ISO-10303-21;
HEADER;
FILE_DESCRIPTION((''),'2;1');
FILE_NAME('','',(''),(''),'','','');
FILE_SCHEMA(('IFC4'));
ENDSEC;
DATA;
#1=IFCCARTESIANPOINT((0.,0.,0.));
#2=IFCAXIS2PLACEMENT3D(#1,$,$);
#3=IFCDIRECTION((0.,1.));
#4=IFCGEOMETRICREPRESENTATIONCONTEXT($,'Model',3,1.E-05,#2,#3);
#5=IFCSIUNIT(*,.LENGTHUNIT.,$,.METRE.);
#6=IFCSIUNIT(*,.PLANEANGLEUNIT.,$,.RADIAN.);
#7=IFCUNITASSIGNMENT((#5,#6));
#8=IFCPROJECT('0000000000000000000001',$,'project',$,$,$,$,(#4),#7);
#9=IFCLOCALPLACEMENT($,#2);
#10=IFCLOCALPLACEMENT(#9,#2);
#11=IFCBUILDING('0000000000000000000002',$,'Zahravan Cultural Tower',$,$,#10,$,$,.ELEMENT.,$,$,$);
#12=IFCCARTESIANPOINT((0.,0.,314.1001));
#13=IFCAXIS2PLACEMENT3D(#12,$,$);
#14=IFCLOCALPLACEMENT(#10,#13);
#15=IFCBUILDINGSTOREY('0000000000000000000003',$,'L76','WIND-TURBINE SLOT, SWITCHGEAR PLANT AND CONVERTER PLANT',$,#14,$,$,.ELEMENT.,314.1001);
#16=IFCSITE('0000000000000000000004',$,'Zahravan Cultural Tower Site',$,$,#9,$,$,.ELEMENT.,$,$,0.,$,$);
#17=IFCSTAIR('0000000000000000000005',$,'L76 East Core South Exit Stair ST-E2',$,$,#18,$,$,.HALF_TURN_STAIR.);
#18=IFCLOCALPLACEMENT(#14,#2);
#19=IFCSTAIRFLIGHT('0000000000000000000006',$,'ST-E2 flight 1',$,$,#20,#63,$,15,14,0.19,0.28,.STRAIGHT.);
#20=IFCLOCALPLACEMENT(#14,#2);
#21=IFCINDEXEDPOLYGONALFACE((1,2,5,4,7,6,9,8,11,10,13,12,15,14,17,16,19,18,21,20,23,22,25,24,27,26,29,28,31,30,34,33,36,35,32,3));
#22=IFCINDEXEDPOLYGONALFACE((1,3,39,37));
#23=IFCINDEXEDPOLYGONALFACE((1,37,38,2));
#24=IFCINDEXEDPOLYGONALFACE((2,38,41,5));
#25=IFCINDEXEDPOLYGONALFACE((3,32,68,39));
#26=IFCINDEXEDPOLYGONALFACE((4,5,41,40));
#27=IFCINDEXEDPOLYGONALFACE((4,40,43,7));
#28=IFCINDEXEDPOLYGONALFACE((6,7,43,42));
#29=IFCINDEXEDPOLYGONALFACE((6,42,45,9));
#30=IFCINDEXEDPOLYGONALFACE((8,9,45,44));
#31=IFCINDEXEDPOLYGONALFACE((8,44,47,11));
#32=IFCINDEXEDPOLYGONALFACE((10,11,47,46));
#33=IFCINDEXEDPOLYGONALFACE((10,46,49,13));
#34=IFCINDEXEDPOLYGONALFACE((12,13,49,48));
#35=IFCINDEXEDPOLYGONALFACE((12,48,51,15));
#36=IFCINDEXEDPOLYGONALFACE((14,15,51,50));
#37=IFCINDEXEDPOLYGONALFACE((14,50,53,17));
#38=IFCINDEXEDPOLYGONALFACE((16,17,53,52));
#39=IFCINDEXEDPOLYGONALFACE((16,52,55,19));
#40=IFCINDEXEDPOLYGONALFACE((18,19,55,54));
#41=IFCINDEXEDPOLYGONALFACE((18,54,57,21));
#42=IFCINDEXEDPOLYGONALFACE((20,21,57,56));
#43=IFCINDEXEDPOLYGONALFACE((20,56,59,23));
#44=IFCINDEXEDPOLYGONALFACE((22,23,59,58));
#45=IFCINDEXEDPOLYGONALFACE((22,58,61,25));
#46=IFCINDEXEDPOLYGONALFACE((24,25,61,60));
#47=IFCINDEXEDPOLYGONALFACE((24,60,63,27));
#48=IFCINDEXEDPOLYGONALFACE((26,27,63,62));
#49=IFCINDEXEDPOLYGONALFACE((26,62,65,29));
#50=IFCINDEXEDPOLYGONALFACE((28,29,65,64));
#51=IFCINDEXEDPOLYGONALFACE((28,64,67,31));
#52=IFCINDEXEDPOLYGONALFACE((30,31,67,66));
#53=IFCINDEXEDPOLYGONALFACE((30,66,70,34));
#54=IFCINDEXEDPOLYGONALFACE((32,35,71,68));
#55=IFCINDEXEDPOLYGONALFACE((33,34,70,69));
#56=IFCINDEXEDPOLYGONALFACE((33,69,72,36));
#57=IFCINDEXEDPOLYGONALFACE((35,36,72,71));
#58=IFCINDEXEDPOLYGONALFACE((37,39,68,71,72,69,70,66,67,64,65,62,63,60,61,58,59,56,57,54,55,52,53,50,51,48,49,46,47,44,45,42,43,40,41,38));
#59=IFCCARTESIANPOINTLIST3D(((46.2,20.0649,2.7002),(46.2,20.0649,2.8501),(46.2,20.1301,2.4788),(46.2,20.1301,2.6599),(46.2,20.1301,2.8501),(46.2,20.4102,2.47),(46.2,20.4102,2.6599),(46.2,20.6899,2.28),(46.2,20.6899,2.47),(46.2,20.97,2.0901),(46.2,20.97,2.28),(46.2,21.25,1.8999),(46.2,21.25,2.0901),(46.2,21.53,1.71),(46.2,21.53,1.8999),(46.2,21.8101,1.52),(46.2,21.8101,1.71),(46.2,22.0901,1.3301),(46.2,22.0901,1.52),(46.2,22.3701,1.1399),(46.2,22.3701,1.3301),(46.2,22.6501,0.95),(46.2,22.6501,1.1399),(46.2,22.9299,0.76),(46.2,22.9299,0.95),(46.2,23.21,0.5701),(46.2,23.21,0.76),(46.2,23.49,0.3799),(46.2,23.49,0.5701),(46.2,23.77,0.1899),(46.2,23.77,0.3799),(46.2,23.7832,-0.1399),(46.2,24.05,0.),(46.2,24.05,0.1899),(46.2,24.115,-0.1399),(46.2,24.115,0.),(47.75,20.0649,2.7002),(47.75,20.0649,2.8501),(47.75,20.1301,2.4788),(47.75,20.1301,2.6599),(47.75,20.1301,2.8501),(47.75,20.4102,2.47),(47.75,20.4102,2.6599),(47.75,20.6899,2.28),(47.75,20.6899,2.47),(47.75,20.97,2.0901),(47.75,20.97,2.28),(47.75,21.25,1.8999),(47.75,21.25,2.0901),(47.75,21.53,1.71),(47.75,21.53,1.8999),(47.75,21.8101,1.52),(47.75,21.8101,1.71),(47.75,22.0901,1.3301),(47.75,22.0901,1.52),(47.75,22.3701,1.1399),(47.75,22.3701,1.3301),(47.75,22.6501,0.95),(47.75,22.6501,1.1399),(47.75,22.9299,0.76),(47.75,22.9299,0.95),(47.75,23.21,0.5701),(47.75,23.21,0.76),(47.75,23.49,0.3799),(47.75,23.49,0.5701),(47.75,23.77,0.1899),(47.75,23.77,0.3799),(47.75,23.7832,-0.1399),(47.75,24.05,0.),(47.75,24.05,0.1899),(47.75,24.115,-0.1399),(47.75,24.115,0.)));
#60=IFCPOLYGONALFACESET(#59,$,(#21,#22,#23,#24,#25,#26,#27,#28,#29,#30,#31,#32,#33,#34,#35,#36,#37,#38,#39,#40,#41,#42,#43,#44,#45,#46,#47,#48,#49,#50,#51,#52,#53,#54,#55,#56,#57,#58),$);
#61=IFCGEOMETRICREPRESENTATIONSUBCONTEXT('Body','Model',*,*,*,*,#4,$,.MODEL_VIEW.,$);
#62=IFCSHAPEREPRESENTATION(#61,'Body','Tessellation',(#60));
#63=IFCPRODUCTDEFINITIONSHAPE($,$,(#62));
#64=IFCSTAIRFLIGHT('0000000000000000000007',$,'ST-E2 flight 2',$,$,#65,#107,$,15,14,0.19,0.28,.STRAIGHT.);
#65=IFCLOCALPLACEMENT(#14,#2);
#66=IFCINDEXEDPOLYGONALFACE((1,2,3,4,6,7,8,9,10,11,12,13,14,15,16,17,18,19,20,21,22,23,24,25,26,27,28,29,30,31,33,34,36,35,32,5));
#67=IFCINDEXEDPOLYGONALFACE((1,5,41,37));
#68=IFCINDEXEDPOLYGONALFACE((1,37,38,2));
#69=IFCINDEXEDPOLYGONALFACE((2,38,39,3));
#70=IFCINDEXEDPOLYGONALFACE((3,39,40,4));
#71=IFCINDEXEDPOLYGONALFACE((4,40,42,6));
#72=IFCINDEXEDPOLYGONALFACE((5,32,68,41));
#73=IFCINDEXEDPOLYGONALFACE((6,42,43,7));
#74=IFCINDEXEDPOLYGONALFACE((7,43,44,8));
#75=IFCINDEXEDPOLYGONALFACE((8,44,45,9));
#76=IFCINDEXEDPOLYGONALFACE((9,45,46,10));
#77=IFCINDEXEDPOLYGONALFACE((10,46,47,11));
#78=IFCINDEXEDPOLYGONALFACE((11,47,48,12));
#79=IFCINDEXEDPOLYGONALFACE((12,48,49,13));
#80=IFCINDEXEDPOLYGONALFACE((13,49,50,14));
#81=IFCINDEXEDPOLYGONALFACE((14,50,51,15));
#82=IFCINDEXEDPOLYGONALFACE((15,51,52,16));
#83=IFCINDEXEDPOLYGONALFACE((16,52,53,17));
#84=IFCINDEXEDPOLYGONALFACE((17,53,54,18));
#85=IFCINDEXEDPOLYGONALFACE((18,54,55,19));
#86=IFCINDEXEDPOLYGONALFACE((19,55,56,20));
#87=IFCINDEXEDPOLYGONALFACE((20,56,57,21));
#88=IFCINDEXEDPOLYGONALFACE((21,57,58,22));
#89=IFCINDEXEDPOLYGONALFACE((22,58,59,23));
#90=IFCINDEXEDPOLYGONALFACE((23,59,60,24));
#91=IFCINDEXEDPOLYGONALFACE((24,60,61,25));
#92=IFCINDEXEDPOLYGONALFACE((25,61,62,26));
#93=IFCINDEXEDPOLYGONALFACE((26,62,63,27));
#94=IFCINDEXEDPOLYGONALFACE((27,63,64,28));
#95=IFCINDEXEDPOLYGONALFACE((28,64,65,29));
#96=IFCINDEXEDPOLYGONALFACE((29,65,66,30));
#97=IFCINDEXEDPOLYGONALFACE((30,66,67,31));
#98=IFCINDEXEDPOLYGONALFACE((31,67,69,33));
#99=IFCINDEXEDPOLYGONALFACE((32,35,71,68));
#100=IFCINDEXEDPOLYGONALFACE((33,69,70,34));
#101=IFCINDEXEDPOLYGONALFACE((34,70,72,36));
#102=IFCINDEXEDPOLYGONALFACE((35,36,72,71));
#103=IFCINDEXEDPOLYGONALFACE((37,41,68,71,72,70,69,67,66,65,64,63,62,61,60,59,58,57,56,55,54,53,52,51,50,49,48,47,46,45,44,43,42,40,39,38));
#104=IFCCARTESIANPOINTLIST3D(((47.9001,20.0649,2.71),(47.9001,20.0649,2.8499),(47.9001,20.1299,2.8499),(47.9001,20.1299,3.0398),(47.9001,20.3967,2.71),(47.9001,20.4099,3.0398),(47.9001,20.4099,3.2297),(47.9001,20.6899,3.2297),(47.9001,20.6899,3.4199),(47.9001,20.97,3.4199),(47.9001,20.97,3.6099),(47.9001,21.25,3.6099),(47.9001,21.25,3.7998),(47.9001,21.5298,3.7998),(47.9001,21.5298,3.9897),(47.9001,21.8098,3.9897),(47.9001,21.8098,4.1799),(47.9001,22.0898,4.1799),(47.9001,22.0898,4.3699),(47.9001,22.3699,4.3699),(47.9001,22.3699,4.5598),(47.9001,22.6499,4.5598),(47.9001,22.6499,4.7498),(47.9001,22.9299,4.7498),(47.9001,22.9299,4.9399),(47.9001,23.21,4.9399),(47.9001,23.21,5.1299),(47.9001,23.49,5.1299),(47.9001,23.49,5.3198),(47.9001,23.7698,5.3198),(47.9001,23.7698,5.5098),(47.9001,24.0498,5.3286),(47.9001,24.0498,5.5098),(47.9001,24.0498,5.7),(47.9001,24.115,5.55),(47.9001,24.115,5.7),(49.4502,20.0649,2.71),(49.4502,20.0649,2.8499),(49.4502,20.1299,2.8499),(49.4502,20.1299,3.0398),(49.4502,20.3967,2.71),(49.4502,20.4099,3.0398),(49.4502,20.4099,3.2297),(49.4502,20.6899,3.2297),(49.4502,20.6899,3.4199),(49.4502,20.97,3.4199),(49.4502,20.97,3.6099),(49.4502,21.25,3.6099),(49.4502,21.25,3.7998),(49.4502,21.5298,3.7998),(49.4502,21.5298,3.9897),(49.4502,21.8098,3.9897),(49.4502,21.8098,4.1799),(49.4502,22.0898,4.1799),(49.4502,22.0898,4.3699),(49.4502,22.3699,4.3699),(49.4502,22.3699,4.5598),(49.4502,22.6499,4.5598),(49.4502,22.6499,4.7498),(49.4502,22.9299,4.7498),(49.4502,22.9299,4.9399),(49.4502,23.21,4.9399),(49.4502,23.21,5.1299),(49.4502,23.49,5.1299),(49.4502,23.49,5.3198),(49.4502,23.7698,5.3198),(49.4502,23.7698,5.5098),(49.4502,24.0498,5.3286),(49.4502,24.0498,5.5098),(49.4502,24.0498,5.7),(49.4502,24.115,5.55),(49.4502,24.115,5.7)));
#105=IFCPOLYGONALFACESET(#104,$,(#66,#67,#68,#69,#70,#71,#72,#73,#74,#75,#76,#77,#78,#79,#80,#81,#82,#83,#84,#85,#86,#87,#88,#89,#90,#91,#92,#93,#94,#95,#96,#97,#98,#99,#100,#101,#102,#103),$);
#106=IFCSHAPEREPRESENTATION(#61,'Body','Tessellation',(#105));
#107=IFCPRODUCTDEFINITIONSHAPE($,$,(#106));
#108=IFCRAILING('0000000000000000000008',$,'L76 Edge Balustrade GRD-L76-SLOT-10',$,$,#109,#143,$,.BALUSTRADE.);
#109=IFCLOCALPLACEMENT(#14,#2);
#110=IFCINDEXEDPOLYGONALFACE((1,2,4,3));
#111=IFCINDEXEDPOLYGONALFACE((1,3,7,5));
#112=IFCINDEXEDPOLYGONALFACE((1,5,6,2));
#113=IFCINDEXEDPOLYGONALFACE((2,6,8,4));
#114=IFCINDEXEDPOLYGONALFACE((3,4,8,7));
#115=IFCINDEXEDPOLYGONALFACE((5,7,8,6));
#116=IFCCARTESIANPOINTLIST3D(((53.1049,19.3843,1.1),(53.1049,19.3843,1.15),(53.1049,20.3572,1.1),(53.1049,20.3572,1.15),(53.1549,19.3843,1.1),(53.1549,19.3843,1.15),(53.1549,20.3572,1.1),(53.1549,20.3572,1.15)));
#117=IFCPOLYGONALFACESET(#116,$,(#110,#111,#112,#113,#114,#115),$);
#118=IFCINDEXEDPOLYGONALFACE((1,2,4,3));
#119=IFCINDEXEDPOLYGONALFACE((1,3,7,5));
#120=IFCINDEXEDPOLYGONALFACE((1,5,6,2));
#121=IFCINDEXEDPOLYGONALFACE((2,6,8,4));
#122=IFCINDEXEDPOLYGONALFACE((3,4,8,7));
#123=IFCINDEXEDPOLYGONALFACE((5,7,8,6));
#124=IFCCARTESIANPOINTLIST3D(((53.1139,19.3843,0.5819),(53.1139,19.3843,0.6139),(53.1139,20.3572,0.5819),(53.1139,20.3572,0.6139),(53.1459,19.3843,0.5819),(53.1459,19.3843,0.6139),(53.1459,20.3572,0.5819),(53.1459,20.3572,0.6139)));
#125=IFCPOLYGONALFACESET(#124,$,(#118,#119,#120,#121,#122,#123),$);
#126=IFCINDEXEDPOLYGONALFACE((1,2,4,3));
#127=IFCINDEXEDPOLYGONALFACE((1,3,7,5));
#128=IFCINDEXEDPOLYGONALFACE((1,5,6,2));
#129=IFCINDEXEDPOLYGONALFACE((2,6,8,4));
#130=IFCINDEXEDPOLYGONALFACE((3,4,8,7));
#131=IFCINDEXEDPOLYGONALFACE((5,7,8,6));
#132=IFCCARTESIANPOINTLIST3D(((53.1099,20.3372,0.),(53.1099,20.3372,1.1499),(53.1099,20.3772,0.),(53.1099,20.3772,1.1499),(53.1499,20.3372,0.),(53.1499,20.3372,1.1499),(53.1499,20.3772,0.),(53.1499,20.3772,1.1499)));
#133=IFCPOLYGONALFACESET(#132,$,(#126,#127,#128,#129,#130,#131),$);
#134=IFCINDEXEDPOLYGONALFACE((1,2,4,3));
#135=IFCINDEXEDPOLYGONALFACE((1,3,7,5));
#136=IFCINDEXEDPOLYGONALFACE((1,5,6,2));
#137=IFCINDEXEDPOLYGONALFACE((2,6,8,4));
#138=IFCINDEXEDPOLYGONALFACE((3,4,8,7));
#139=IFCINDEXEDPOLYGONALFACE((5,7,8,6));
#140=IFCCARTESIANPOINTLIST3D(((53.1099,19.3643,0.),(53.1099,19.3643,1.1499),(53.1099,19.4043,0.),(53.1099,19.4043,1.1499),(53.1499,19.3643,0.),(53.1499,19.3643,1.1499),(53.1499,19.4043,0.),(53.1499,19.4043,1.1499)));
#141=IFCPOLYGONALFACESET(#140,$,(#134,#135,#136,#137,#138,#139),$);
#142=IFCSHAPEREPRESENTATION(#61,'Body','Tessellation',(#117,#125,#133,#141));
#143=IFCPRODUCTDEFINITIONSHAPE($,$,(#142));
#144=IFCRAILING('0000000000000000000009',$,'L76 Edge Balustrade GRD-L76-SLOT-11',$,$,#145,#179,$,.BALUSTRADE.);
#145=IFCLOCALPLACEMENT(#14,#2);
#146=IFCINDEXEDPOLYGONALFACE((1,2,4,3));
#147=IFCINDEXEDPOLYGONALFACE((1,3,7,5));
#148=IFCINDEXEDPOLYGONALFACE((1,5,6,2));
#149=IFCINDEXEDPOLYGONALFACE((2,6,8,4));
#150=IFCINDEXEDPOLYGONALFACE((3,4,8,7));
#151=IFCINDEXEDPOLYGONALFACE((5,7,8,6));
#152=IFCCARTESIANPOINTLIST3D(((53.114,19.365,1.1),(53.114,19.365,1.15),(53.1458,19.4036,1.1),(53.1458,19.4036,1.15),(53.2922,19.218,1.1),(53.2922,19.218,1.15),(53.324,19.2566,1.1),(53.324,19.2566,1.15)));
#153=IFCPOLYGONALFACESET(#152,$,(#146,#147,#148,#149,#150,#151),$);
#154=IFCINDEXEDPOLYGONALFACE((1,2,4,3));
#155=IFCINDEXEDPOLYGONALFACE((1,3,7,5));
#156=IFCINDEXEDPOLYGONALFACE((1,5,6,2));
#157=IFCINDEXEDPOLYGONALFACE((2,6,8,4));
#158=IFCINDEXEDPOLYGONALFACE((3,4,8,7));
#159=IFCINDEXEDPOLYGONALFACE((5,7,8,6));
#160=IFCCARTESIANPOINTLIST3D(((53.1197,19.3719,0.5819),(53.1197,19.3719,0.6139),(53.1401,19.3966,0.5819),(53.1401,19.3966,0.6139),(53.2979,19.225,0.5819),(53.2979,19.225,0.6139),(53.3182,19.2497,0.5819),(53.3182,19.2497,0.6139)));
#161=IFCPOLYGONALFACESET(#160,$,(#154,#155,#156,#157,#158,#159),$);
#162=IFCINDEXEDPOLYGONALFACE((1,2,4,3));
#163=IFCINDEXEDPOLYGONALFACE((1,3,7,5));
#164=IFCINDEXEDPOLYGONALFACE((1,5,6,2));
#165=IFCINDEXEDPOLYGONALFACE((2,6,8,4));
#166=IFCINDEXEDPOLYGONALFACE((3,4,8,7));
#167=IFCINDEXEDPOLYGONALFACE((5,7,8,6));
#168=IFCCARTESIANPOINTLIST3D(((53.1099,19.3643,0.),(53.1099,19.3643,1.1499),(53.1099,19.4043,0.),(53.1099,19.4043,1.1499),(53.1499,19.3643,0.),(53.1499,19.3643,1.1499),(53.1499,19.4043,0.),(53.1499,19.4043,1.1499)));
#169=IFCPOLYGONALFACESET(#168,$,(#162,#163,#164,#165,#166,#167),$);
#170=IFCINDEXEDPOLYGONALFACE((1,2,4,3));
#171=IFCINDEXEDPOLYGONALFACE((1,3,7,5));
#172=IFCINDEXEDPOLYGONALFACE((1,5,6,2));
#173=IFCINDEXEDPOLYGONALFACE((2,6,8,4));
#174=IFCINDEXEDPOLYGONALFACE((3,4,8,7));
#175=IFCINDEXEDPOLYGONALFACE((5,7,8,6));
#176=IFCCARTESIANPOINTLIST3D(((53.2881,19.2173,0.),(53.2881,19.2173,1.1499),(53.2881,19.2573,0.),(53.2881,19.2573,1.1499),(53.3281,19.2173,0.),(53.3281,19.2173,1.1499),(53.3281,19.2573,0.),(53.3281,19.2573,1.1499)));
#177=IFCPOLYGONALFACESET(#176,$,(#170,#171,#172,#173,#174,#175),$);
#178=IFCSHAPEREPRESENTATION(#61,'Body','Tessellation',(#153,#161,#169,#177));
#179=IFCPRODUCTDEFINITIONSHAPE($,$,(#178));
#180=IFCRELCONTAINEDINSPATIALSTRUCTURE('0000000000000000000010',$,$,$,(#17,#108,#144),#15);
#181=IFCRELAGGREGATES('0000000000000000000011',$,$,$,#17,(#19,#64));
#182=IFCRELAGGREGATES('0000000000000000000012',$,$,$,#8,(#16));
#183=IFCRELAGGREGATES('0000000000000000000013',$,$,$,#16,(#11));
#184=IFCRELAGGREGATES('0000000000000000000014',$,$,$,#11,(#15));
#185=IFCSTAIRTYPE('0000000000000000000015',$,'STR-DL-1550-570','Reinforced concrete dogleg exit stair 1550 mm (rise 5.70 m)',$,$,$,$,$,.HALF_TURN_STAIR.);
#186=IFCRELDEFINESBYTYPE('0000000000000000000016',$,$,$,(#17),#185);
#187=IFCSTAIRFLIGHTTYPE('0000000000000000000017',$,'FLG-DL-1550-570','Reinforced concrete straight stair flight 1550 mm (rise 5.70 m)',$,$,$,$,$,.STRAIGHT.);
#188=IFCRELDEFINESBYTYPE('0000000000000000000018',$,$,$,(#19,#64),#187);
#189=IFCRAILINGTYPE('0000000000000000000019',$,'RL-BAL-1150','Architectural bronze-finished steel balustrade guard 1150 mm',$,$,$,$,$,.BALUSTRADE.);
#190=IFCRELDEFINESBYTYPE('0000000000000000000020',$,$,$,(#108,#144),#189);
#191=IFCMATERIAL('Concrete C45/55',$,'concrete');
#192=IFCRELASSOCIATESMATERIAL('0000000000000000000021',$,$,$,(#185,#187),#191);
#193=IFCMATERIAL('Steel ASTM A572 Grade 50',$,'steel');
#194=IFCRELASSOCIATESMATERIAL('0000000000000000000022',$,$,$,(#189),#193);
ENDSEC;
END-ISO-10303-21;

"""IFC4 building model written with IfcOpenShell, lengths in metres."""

from ifc_helpers import new_model, si_unit, direction, frame, origin, origin_2d, place, context, subcontext, project, spatial, polyline, rectangle, outline, extrude, material, type_object, element, aggregate, save


model = new_model("IFC4")

# Units and contexts
model_context = context("Model", 3, precision=1e-05, world=origin(), true_north=direction((0.0, 1.0)))
body_context = subcontext(model_context, "Body", "Model", "MODEL_VIEW")
ifc_project = project(units=[si_unit("LENGTHUNIT", "METRE"), si_unit("PLANEANGLEUNIT", "RADIAN")], contexts=[model_context])

# Site, building, storey
site_placement = place(None, origin())
site = spatial("IfcSite", under=ifc_project, at=site_placement, Name="Zahravan Cultural Tower Site", CompositionType="ELEMENT", RefElevation=0.0)
building_placement = place(site_placement, origin())
building = spatial("IfcBuilding", under=site, at=building_placement, Name="Zahravan Cultural Tower", CompositionType="ELEMENT")
storey_placement = place(building_placement, frame((0.0, 0.0, 314.1001)))
storey = spatial("IfcBuildingStorey", under=building, at=storey_placement, Name="L76", Description="WIND-TURBINE SLOT, SWITCHGEAR PLANT AND CONVERTER PLANT", CompositionType="ELEMENT", Elevation=314.1001)

# Shared definitions
ifc_material_1 = material(Name="Steel ASTM A572 Grade 50", Category="steel")

# Shared definitions
ifc_material_2 = material(Name="Concrete C45/55", Category="concrete")

# Stair, stair flights
stair_type = type_object("IfcStairType", Name="STR-DL-1550-570", Description="Reinforced concrete dogleg exit stair 1550 mm (rise 5.70 m)", PredefinedType="HALF_TURN_STAIR", material=ifc_material_2)
stair_placement = place(storey_placement, origin())
stair = element("IfcStair", 1, at=stair_placement, inside=storey, type_object=stair_type, Name="L76 East Core South Exit Stair ST-E2", PredefinedType="HALF_TURN_STAIR")
stair_flight_type = type_object("IfcStairFlightType", Name="FLG-DL-1550-570", Description="Reinforced concrete straight stair flight 1550 mm (rise 5.70 m)", PredefinedType="STRAIGHT", material=ifc_material_2)
stair_flight_1_placement = place(storey_placement, frame((46.9751, 24.05, 0.0), z_axis=(0.0, 0.0, 1.0), x_axis=(0.0, -1.0, 0.0)))
stair_flight_1 = element("IfcStairFlight", 2, at=stair_flight_1_placement, type_object=stair_flight_type, Name="ST-E2 flight 1", NumberOfRisers=15, NumberOfTreads=14, PredefinedType="STRAIGHT", RiserHeight=0.19, TreadLength=0.28, context=body_context, shape_type="SweptSolid", body=[
    extrude(outline(polyline([(-0.0649, -0.1399), (-0.0649, 0.0), (0.0, 0.0), (0.0, 0.1899), (0.28, 0.1899), (0.28, 0.3799), (0.5601, 0.3799), (0.5601, 0.5701), (0.8401, 0.5701), (0.8401, 0.76), (1.1201, 0.76), (1.1201, 0.95), (1.3999, 0.95), (1.3999, 1.1399), (1.6799, 1.1399), (1.6799, 1.3301), (1.96, 1.3301), (1.96, 1.52), (2.24, 1.52), (2.24, 1.71), (2.52, 1.71), (2.52, 1.8999), (2.8, 1.8999), (2.8, 2.0901), (3.0801, 2.0901), (3.0801, 2.28), (3.3601, 2.28), (3.3601, 2.47), (3.6399, 2.47), (3.6399, 2.6599), (3.9199, 2.6599), (3.9199, 2.8501), (3.9851, 2.8501), (3.9851, 2.7002), (3.9199, 2.4788), (0.2668, -0.1399), (-0.0649, -0.1399)])), frame((0.0, 0.7749, 0.0), z_axis=(0.0, -1.0, 0.0), x_axis=(1.0, 0.0, 0.0)), (0.0, 0.0, 1.0), 1.55),
])
stair_flight_2_placement = place(storey_placement, frame((48.675, 20.1299, 2.8499), z_axis=(0.0, 0.0, 1.0), x_axis=(0.0, 1.0, 0.0)))
stair_flight_2 = element("IfcStairFlight", 3, at=stair_flight_2_placement, type_object=stair_flight_type, Name="ST-E2 flight 2", NumberOfRisers=15, NumberOfTreads=14, PredefinedType="STRAIGHT", RiserHeight=0.19, TreadLength=0.28, context=body_context, shape_type="SweptSolid", body=[
    extrude(outline(polyline([(-0.0649, -0.1399), (-0.0649, 0.0), (0.0, 0.0), (0.0, 0.1899), (0.28, 0.1899), (0.28, 0.3799), (0.5601, 0.3799), (0.5601, 0.5701), (0.8401, 0.5701), (0.8401, 0.76), (1.1201, 0.76), (1.1201, 0.95), (1.3999, 0.95), (1.3999, 1.1399), (1.6799, 1.1399), (1.6799, 1.3301), (1.96, 1.3301), (1.96, 1.52), (2.24, 1.52), (2.24, 1.71), (2.52, 1.71), (2.52, 1.8999), (2.8, 1.8999), (2.8, 2.0901), (3.0801, 2.0901), (3.0801, 2.28), (3.3601, 2.28), (3.3601, 2.47), (3.6399, 2.47), (3.6399, 2.6599), (3.9199, 2.6599), (3.9199, 2.8501), (3.9851, 2.8501), (3.9851, 2.7002), (3.9199, 2.4788), (0.2668, -0.1399), (-0.0649, -0.1399)])), frame((0.0, 0.7749, 0.0), z_axis=(0.0, -1.0, 0.0), x_axis=(1.0, 0.0, 0.0)), (0.0, 0.0, 1.0), 1.55),
])
aggregate(stair, [stair_flight_1, stair_flight_2])

# Railings
railing_type_1 = type_object("IfcRailingType", Name="RL-BAL-1150", Description="Architectural bronze-finished steel balustrade guard 1150 mm", PredefinedType="BALUSTRADE", material=ifc_material_1)
railing_1_placement = place(storey_placement, frame((53.1299, 20.3572, 0.0)))
element("IfcRailing", 4, at=railing_1_placement, inside=storey, type_object=railing_type_1, Name="L76 Edge Balustrade GRD-L76-SLOT-10", PredefinedType="BALUSTRADE", context=body_context, shape_type="SweptSolid", body=[
    extrude(rectangle(XDim=0.05, YDim=0.05, at=origin_2d()), frame((0.0, 0.0, 1.125), z_axis=(0.0, -1.0, 0.0), x_axis=(1.0, 0.0, 0.0)), (0.0, 0.0, 1.0), 0.9729),
    extrude(rectangle(XDim=0.032, YDim=0.032, at=origin_2d()), frame((0.0, 0.0, 0.5979), z_axis=(0.0, -1.0, 0.0), x_axis=(1.0, 0.0, 0.0)), (0.0, 0.0, 1.0), 0.9729),
    extrude(rectangle(XDim=0.04, YDim=0.04, at=origin_2d()), origin(), (0.0, 0.0, 1.0), 1.1499),
    extrude(rectangle(XDim=0.04, YDim=0.04, at=origin_2d()), frame((0.0, -0.9729, 0.0)), (0.0, 0.0, 1.0), 1.1499),
])
railing_2_placement = place(storey_placement, frame((53.1299, 19.3843, 0.0)))
element("IfcRailing", 5, at=railing_2_placement, inside=storey, type_object=railing_type_1, Name="L76 Edge Balustrade GRD-L76-SLOT-11", PredefinedType="BALUSTRADE", context=body_context, shape_type="SweptSolid", body=[
    extrude(rectangle(XDim=0.05, YDim=0.05, at=origin_2d()), frame((0.0, 0.0, 1.125), z_axis=(0.771503, -0.636226, 0.0), x_axis=(0.636226, 0.771503, 0.0)), (0.0, 0.0, 1.0), 0.231),
    extrude(rectangle(XDim=0.032, YDim=0.032, at=origin_2d()), frame((0.0, 0.0, 0.5979), z_axis=(0.771503, -0.636226, 0.0), x_axis=(0.636226, 0.771503, 0.0)), (0.0, 0.0, 1.0), 0.231),
    extrude(rectangle(XDim=0.04, YDim=0.04, at=origin_2d()), origin(), (0.0, 0.0, 1.0), 1.1499),
    extrude(rectangle(XDim=0.04, YDim=0.04, at=origin_2d()), frame((0.1782, -0.147, 0.0)), (0.0, 0.0, 1.0), 1.1499),
])

save(model, "model.ifc")
